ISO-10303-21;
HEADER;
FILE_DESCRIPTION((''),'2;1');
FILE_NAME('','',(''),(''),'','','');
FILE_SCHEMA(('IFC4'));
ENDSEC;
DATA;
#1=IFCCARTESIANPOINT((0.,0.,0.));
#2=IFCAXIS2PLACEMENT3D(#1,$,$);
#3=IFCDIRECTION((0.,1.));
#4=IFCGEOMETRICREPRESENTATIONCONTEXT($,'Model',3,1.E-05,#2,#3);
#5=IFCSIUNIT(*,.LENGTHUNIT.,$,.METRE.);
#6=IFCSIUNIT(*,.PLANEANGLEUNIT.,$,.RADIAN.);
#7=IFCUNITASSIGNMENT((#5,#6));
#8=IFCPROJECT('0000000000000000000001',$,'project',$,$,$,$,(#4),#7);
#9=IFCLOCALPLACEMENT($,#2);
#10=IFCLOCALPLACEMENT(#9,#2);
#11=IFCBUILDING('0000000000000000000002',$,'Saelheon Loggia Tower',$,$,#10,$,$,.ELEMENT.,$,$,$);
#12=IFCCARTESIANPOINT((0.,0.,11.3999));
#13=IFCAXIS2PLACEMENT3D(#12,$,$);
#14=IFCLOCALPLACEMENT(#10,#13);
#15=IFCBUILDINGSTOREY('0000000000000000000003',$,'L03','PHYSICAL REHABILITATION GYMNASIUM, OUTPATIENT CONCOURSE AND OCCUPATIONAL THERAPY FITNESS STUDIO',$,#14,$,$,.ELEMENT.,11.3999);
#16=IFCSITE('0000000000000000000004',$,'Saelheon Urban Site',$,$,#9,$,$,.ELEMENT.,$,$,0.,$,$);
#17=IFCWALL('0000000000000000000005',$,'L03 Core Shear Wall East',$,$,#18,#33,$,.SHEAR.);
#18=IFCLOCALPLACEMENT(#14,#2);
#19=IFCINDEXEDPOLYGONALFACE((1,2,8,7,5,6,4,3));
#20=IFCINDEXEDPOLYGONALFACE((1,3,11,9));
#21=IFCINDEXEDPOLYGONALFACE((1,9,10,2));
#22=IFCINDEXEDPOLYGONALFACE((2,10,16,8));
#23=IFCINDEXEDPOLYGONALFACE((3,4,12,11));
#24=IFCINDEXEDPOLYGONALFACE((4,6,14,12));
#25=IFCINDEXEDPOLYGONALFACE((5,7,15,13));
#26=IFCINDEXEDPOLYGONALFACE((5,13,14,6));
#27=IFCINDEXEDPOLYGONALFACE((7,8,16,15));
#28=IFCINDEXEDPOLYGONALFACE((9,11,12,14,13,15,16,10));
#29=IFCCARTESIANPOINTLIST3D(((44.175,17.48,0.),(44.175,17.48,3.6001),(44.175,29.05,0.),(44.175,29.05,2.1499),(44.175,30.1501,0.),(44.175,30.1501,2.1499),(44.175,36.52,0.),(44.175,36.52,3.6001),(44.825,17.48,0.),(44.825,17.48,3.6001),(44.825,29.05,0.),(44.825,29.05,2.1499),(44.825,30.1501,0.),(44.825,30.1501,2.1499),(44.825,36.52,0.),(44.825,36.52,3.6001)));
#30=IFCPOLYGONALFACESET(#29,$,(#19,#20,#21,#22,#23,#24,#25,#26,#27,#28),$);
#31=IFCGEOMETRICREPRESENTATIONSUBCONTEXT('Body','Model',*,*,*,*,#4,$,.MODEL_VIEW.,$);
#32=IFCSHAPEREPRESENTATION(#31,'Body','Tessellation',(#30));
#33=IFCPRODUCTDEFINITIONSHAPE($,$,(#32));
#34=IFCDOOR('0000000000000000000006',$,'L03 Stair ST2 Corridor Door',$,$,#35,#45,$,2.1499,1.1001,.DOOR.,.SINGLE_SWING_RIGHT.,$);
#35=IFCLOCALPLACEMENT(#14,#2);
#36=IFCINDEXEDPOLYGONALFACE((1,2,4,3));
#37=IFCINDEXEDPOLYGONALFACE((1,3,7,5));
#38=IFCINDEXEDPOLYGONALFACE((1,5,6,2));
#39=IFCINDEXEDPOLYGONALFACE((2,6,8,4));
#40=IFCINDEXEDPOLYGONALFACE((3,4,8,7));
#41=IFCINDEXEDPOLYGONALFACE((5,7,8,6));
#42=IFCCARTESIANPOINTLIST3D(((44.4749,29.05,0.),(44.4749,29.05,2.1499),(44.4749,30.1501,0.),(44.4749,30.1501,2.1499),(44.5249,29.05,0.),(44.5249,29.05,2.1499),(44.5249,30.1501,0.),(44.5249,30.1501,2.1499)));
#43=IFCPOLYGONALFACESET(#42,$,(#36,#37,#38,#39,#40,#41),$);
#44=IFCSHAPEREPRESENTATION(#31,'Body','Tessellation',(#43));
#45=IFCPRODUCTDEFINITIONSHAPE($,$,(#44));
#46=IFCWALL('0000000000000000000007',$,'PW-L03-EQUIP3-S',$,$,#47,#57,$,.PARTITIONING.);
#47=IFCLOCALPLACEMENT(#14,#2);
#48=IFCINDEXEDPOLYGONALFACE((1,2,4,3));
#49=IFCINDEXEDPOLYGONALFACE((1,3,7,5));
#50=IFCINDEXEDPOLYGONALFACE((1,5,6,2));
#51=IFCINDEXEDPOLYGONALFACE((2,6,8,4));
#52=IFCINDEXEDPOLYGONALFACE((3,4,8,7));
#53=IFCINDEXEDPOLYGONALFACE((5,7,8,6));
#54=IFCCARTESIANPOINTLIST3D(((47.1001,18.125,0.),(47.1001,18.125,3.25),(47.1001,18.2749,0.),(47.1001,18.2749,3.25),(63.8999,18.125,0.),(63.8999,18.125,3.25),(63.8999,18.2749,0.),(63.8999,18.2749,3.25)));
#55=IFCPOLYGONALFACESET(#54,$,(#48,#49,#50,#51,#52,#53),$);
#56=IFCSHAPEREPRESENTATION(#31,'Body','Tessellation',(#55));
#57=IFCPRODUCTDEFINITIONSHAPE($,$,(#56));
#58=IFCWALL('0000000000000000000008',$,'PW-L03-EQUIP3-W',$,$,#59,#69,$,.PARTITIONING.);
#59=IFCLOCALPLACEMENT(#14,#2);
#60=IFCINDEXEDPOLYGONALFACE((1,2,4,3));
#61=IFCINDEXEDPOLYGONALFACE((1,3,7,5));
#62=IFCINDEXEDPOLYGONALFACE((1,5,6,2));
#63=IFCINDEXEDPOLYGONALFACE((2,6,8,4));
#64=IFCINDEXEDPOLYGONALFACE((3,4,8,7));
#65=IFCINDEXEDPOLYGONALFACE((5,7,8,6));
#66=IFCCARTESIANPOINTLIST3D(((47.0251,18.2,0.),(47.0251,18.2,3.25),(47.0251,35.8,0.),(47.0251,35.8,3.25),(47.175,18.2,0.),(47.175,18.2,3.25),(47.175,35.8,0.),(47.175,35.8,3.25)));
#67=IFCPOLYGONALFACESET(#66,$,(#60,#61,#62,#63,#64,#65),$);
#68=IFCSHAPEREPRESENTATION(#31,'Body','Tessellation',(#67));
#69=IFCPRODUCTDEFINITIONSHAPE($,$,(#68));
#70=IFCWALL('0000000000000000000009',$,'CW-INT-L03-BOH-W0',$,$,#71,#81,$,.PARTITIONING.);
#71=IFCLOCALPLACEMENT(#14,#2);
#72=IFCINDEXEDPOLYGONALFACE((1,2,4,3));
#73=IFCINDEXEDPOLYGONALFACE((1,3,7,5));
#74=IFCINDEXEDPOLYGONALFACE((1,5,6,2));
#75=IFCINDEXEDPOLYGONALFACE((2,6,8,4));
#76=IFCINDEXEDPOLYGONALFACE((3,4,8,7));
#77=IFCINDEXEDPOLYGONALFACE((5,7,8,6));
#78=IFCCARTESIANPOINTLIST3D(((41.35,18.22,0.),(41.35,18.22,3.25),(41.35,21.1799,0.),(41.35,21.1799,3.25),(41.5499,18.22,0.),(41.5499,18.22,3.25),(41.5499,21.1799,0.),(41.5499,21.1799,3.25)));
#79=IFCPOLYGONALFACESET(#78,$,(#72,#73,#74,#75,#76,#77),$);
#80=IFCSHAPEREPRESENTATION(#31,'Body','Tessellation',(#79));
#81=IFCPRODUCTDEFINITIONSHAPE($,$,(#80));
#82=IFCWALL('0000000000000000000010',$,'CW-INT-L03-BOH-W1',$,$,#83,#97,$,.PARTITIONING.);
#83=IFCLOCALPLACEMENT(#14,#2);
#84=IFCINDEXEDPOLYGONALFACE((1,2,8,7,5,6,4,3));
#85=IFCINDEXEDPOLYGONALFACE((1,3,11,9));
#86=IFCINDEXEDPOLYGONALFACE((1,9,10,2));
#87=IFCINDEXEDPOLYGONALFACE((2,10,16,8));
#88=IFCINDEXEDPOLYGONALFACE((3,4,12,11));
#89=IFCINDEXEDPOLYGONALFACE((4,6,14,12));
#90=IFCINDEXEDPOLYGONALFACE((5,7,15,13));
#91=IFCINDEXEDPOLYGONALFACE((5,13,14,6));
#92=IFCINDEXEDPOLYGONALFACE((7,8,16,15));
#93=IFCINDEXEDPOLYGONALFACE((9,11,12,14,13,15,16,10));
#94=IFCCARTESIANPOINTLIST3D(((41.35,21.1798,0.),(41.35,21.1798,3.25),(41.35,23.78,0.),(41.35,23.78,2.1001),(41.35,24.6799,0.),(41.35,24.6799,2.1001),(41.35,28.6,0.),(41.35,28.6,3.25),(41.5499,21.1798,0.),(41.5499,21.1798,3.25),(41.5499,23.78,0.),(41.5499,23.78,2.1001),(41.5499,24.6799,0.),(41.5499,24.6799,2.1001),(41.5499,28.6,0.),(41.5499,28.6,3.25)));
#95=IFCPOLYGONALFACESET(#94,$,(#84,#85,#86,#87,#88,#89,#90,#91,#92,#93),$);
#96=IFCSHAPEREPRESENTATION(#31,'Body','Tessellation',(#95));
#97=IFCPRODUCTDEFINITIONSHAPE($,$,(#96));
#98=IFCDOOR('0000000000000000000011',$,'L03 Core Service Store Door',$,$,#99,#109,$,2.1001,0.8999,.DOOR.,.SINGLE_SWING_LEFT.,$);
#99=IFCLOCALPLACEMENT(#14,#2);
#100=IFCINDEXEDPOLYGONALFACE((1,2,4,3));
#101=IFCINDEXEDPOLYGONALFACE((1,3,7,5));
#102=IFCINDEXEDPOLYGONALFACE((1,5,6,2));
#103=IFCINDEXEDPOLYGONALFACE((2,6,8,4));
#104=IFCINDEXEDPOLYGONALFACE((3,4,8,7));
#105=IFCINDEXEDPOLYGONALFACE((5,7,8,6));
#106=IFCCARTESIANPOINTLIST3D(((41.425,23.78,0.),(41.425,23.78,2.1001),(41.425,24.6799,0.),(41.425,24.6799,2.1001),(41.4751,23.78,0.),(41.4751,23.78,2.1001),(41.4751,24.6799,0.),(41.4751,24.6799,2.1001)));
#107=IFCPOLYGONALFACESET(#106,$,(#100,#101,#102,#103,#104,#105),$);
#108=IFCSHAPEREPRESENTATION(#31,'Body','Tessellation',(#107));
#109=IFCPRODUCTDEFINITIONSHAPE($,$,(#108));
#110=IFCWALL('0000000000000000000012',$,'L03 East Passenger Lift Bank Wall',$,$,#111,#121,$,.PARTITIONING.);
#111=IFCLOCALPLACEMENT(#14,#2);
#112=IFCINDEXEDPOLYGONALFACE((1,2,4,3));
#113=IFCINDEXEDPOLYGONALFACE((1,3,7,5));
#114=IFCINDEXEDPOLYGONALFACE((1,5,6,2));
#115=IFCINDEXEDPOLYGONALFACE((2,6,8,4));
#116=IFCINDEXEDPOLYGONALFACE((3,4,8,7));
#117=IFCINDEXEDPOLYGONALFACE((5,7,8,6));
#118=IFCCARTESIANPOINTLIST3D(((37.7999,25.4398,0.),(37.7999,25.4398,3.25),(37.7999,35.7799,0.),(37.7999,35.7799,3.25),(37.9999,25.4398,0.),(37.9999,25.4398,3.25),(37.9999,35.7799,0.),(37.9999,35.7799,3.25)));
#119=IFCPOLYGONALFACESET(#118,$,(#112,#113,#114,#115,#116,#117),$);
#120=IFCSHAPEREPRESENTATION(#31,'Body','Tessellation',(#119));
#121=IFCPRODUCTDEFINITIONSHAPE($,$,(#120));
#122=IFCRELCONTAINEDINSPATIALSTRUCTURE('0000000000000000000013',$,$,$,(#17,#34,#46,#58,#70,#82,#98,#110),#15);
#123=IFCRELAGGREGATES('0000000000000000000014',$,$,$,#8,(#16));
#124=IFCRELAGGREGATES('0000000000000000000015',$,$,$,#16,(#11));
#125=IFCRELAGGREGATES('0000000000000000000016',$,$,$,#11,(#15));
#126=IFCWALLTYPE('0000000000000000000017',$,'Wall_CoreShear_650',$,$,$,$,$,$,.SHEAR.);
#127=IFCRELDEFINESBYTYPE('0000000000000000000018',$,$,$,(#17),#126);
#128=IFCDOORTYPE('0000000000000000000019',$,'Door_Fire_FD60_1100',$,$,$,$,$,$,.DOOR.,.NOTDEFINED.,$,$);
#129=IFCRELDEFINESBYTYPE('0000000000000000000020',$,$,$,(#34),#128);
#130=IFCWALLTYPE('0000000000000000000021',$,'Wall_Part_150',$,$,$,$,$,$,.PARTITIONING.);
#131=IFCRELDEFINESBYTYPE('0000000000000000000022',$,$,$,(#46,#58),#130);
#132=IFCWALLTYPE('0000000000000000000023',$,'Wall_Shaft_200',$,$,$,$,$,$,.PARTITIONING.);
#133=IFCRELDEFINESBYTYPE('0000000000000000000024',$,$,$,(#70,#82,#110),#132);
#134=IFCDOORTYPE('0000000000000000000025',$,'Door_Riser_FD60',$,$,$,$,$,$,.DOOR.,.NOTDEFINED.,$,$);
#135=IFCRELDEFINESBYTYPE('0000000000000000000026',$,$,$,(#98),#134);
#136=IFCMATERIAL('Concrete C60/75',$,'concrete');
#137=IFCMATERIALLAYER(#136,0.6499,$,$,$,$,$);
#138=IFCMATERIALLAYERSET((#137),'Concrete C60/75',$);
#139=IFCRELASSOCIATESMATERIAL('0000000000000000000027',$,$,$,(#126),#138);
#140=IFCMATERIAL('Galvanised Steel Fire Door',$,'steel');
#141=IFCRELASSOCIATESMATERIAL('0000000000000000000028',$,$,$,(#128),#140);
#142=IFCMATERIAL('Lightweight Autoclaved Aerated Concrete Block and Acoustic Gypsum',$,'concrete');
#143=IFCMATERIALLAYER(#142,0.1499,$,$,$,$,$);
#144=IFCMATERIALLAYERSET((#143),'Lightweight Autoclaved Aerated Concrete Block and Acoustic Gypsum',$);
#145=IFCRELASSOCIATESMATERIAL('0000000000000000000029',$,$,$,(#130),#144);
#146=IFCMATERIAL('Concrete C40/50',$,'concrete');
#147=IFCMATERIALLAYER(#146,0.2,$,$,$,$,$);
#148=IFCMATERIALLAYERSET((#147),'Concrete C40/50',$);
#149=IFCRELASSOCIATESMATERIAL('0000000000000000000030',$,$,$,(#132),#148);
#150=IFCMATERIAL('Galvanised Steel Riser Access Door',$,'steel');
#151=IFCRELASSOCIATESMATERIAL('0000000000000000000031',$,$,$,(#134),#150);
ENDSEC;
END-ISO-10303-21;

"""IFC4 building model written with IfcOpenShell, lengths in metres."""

from ifc_helpers import new_model, si_unit, direction, frame, frame_2d, origin, place, context, subcontext, project, spatial, rectangle, extrude, source, transform, mapped, material, layer, layer_set, type_object, element, fill, save


model = new_model("IFC4")

# Units and contexts
model_context = context("Model", 3, precision=1e-05, world=origin(), true_north=direction((0.0, 1.0)))
body_context = subcontext(model_context, "Body", "Model", "MODEL_VIEW")
ifc_project = project(units=[si_unit("LENGTHUNIT", "METRE"), si_unit("PLANEANGLEUNIT", "RADIAN")], contexts=[model_context])

# Site, building, storey
site_placement = place(None, origin())
site = spatial("IfcSite", under=ifc_project, at=site_placement, Name="Saelheon Urban Site", CompositionType="ELEMENT", RefElevation=0.0)
building_placement = place(site_placement, origin())
building = spatial("IfcBuilding", under=site, at=building_placement, Name="Saelheon Loggia Tower", CompositionType="ELEMENT")
storey_placement = place(building_placement, frame((0.0, 0.0, 11.3999)))
storey = spatial("IfcBuildingStorey", under=building, at=storey_placement, Name="L03", Description="PHYSICAL REHABILITATION GYMNASIUM, OUTPATIENT CONCOURSE AND OCCUPATIONAL THERAPY FITNESS STUDIO", CompositionType="ELEMENT", Elevation=11.3999)

# Shared definitions
ifc_material_1 = material(Name="Concrete C60/75", Category="concrete")

# Wall, opening, door
ifc_layer_1 = layer(ifc_material_1, 0.6499)
ifc_layer_set_1 = layer_set([ifc_layer_1], Name="Concrete C60/75")
wall_type_1 = type_object("IfcWallType", Name="Wall_CoreShear_650", PredefinedType="SHEAR", material=ifc_layer_set_1)
wall_1_placement = place(storey_placement, frame((44.5, 17.48, 0.0), z_axis=(0.0, 0.0, 1.0), x_axis=(0.0, 1.0, 0.0)))
wall_1 = element("IfcWall", 1, at=wall_1_placement, inside=storey, type_object=wall_type_1, Name="L03 Core Shear Wall East", PredefinedType="SHEAR", context=body_context, shape_type="SweptSolid", body=[
    extrude(rectangle(XDim=19.04, YDim=0.6499, at=frame_2d((9.52, 0.0))), origin(), (0.0, 0.0, 1.0), 3.6001),
])
opening_1_placement = place(wall_1_placement, frame((12.6702, 0.0, 0.0), z_axis=(0.0, 0.0, 1.0), x_axis=(-1.0, 0.0, 0.0)))
opening_1 = element("IfcOpeningElement", 2, at=opening_1_placement, cuts=wall_1, PredefinedType="OPENING", context=body_context, shape_type="SweptSolid", body=[
    extrude(rectangle(XDim=1.1001, YDim=2.1499, at=frame_2d((0.55, 1.075))), frame((0.0, 0.3369, 0.0), z_axis=(0.0, -1.0, 0.0), x_axis=(1.0, 0.0, 0.0)), (0.0, 0.0, 1.0), 0.6738),
])
ifc_material_2 = material(Name="Galvanised Steel Fire Door", Category="steel")
door_type_1 = type_object("IfcDoorType", Name="Door_Fire_FD60_1100", OperationType="NOTDEFINED", PredefinedType="DOOR", material=ifc_material_2)
shared_shape_1 = source(origin(), body_context, "Body", "SweptSolid", [
    extrude(rectangle(XDim=1.1001, YDim=2.1499, at=frame_2d((0.55, 1.075))), frame((0.0, 0.0249, 0.0), z_axis=(0.0, -1.0, 0.0), x_axis=(1.0, 0.0, 0.0)), (0.0, 0.0, 1.0), 0.05),
])
door_1_placement = place(opening_1_placement, origin())
door_1 = element("IfcDoor", 3, at=door_1_placement, inside=storey, type_object=door_type_1, Name="L03 Stair ST2 Corridor Door", OperationType="SINGLE_SWING_RIGHT", OverallHeight=2.1499, OverallWidth=1.1001, PredefinedType="DOOR", context=body_context, shape_type="MappedRepresentation", body=[
    mapped(shared_shape_1, transform((0.0, 0.0, 0.0), scale=1.0)),
])
fill(opening_1, door_1)

# Walls
ifc_material_3 = material(Name="Lightweight Autoclaved Aerated Concrete Block and Acoustic Gypsum", Category="concrete")
ifc_layer_2 = layer(ifc_material_3, 0.1499)
ifc_layer_set_2 = layer_set([ifc_layer_2], Name="Lightweight Autoclaved Aerated Concrete Block and Acoustic Gypsum")
wall_type_2 = type_object("IfcWallType", Name="Wall_Part_150", PredefinedType="PARTITIONING", material=ifc_layer_set_2)
wall_2_placement = place(storey_placement, frame((47.1001, 18.2, 0.0), z_axis=(0.0, 0.0, 1.0), x_axis=(1.0, 0.0, 0.0)))
element("IfcWall", 4, at=wall_2_placement, inside=storey, type_object=wall_type_2, Name="PW-L03-EQUIP3-S", PredefinedType="PARTITIONING", context=body_context, shape_type="SweptSolid", body=[
    extrude(rectangle(XDim=16.7998, YDim=0.1499, at=frame_2d((8.3999, 0.0))), origin(), (0.0, 0.0, 1.0), 3.25),
])
wall_3_placement = place(storey_placement, frame((47.1001, 18.2, 0.0), z_axis=(0.0, 0.0, 1.0), x_axis=(0.0, 1.0, 0.0)))
element("IfcWall", 5, at=wall_3_placement, inside=storey, type_object=wall_type_2, Name="PW-L03-EQUIP3-W", PredefinedType="PARTITIONING", context=body_context, shape_type="SweptSolid", body=[
    extrude(rectangle(XDim=17.6001, YDim=0.1499, at=frame_2d((8.8, 0.0))), origin(), (0.0, 0.0, 1.0), 3.25),
])
ifc_material_4 = material(Name="Concrete C40/50", Category="concrete")
ifc_layer_3 = layer(ifc_material_4, 0.2)
ifc_layer_set_3 = layer_set([ifc_layer_3], Name="Concrete C40/50")
wall_type_3 = type_object("IfcWallType", Name="Wall_Shaft_200", PredefinedType="PARTITIONING", material=ifc_layer_set_3)
wall_4_placement = place(storey_placement, frame((41.45, 18.22, 0.0), z_axis=(0.0, 0.0, 1.0), x_axis=(0.0, 1.0, 0.0)))
element("IfcWall", 6, at=wall_4_placement, inside=storey, type_object=wall_type_3, Name="CW-INT-L03-BOH-W0", PredefinedType="PARTITIONING", context=body_context, shape_type="SweptSolid", body=[
    extrude(rectangle(XDim=2.96, YDim=0.2, at=frame_2d((1.48, 0.0))), origin(), (0.0, 0.0, 1.0), 3.25),
])

# Wall, opening, door
wall_5_placement = place(storey_placement, frame((41.45, 21.1799, 0.0), z_axis=(0.0, 0.0, 1.0), x_axis=(0.0, 1.0, 0.0)))
wall_5 = element("IfcWall", 7, at=wall_5_placement, inside=storey, type_object=wall_type_3, Name="CW-INT-L03-BOH-W1", PredefinedType="PARTITIONING", context=body_context, shape_type="SweptSolid", body=[
    extrude(rectangle(XDim=7.4202, YDim=0.2, at=frame_2d((3.71, 0.0))), origin(), (0.0, 0.0, 1.0), 3.25),
])
opening_2_placement = place(wall_5_placement, frame((2.6001, 0.0, 0.0)))
opening_2 = element("IfcOpeningElement", 8, at=opening_2_placement, cuts=wall_5, PredefinedType="OPENING", context=body_context, shape_type="SweptSolid", body=[
    extrude(rectangle(XDim=0.8999, YDim=2.1001, at=frame_2d((0.45, 1.05))), frame((0.0, 0.1121, 0.0), z_axis=(0.0, -1.0, 0.0), x_axis=(1.0, 0.0, 0.0)), (0.0, 0.0, 1.0), 0.2239),
])
ifc_material_5 = material(Name="Galvanised Steel Riser Access Door", Category="steel")
door_type_2 = type_object("IfcDoorType", Name="Door_Riser_FD60", OperationType="NOTDEFINED", PredefinedType="DOOR", material=ifc_material_5)
shared_shape_2 = source(origin(), body_context, "Body", "SweptSolid", [
    extrude(rectangle(XDim=0.8999, YDim=2.1001, at=frame_2d((0.45, 1.05))), frame((0.0, 0.0249, 0.0), z_axis=(0.0, -1.0, 0.0), x_axis=(1.0, 0.0, 0.0)), (0.0, 0.0, 1.0), 0.05),
])
door_2_placement = place(opening_2_placement, origin())
door_2 = element("IfcDoor", 9, at=door_2_placement, inside=storey, type_object=door_type_2, Name="L03 Core Service Store Door", OperationType="SINGLE_SWING_LEFT", OverallHeight=2.1001, OverallWidth=0.8999, PredefinedType="DOOR", context=body_context, shape_type="MappedRepresentation", body=[
    mapped(shared_shape_2, transform((0.0, 0.0, 0.0), scale=1.0)),
])
fill(opening_2, door_2)

# Wall
wall_6_placement = place(storey_placement, frame((37.8999, 25.4399, 0.0), z_axis=(0.0, 0.0, 1.0), x_axis=(0.0, 1.0, 0.0)))
element("IfcWall", 10, at=wall_6_placement, inside=storey, type_object=wall_type_3, Name="L03 East Passenger Lift Bank Wall", PredefinedType="PARTITIONING", context=body_context, shape_type="SweptSolid", body=[
    extrude(rectangle(XDim=10.3401, YDim=0.2, at=frame_2d((5.1699, 0.0))), origin(), (0.0, 0.0, 1.0), 3.25),
])

save(model, "model.ifc")
